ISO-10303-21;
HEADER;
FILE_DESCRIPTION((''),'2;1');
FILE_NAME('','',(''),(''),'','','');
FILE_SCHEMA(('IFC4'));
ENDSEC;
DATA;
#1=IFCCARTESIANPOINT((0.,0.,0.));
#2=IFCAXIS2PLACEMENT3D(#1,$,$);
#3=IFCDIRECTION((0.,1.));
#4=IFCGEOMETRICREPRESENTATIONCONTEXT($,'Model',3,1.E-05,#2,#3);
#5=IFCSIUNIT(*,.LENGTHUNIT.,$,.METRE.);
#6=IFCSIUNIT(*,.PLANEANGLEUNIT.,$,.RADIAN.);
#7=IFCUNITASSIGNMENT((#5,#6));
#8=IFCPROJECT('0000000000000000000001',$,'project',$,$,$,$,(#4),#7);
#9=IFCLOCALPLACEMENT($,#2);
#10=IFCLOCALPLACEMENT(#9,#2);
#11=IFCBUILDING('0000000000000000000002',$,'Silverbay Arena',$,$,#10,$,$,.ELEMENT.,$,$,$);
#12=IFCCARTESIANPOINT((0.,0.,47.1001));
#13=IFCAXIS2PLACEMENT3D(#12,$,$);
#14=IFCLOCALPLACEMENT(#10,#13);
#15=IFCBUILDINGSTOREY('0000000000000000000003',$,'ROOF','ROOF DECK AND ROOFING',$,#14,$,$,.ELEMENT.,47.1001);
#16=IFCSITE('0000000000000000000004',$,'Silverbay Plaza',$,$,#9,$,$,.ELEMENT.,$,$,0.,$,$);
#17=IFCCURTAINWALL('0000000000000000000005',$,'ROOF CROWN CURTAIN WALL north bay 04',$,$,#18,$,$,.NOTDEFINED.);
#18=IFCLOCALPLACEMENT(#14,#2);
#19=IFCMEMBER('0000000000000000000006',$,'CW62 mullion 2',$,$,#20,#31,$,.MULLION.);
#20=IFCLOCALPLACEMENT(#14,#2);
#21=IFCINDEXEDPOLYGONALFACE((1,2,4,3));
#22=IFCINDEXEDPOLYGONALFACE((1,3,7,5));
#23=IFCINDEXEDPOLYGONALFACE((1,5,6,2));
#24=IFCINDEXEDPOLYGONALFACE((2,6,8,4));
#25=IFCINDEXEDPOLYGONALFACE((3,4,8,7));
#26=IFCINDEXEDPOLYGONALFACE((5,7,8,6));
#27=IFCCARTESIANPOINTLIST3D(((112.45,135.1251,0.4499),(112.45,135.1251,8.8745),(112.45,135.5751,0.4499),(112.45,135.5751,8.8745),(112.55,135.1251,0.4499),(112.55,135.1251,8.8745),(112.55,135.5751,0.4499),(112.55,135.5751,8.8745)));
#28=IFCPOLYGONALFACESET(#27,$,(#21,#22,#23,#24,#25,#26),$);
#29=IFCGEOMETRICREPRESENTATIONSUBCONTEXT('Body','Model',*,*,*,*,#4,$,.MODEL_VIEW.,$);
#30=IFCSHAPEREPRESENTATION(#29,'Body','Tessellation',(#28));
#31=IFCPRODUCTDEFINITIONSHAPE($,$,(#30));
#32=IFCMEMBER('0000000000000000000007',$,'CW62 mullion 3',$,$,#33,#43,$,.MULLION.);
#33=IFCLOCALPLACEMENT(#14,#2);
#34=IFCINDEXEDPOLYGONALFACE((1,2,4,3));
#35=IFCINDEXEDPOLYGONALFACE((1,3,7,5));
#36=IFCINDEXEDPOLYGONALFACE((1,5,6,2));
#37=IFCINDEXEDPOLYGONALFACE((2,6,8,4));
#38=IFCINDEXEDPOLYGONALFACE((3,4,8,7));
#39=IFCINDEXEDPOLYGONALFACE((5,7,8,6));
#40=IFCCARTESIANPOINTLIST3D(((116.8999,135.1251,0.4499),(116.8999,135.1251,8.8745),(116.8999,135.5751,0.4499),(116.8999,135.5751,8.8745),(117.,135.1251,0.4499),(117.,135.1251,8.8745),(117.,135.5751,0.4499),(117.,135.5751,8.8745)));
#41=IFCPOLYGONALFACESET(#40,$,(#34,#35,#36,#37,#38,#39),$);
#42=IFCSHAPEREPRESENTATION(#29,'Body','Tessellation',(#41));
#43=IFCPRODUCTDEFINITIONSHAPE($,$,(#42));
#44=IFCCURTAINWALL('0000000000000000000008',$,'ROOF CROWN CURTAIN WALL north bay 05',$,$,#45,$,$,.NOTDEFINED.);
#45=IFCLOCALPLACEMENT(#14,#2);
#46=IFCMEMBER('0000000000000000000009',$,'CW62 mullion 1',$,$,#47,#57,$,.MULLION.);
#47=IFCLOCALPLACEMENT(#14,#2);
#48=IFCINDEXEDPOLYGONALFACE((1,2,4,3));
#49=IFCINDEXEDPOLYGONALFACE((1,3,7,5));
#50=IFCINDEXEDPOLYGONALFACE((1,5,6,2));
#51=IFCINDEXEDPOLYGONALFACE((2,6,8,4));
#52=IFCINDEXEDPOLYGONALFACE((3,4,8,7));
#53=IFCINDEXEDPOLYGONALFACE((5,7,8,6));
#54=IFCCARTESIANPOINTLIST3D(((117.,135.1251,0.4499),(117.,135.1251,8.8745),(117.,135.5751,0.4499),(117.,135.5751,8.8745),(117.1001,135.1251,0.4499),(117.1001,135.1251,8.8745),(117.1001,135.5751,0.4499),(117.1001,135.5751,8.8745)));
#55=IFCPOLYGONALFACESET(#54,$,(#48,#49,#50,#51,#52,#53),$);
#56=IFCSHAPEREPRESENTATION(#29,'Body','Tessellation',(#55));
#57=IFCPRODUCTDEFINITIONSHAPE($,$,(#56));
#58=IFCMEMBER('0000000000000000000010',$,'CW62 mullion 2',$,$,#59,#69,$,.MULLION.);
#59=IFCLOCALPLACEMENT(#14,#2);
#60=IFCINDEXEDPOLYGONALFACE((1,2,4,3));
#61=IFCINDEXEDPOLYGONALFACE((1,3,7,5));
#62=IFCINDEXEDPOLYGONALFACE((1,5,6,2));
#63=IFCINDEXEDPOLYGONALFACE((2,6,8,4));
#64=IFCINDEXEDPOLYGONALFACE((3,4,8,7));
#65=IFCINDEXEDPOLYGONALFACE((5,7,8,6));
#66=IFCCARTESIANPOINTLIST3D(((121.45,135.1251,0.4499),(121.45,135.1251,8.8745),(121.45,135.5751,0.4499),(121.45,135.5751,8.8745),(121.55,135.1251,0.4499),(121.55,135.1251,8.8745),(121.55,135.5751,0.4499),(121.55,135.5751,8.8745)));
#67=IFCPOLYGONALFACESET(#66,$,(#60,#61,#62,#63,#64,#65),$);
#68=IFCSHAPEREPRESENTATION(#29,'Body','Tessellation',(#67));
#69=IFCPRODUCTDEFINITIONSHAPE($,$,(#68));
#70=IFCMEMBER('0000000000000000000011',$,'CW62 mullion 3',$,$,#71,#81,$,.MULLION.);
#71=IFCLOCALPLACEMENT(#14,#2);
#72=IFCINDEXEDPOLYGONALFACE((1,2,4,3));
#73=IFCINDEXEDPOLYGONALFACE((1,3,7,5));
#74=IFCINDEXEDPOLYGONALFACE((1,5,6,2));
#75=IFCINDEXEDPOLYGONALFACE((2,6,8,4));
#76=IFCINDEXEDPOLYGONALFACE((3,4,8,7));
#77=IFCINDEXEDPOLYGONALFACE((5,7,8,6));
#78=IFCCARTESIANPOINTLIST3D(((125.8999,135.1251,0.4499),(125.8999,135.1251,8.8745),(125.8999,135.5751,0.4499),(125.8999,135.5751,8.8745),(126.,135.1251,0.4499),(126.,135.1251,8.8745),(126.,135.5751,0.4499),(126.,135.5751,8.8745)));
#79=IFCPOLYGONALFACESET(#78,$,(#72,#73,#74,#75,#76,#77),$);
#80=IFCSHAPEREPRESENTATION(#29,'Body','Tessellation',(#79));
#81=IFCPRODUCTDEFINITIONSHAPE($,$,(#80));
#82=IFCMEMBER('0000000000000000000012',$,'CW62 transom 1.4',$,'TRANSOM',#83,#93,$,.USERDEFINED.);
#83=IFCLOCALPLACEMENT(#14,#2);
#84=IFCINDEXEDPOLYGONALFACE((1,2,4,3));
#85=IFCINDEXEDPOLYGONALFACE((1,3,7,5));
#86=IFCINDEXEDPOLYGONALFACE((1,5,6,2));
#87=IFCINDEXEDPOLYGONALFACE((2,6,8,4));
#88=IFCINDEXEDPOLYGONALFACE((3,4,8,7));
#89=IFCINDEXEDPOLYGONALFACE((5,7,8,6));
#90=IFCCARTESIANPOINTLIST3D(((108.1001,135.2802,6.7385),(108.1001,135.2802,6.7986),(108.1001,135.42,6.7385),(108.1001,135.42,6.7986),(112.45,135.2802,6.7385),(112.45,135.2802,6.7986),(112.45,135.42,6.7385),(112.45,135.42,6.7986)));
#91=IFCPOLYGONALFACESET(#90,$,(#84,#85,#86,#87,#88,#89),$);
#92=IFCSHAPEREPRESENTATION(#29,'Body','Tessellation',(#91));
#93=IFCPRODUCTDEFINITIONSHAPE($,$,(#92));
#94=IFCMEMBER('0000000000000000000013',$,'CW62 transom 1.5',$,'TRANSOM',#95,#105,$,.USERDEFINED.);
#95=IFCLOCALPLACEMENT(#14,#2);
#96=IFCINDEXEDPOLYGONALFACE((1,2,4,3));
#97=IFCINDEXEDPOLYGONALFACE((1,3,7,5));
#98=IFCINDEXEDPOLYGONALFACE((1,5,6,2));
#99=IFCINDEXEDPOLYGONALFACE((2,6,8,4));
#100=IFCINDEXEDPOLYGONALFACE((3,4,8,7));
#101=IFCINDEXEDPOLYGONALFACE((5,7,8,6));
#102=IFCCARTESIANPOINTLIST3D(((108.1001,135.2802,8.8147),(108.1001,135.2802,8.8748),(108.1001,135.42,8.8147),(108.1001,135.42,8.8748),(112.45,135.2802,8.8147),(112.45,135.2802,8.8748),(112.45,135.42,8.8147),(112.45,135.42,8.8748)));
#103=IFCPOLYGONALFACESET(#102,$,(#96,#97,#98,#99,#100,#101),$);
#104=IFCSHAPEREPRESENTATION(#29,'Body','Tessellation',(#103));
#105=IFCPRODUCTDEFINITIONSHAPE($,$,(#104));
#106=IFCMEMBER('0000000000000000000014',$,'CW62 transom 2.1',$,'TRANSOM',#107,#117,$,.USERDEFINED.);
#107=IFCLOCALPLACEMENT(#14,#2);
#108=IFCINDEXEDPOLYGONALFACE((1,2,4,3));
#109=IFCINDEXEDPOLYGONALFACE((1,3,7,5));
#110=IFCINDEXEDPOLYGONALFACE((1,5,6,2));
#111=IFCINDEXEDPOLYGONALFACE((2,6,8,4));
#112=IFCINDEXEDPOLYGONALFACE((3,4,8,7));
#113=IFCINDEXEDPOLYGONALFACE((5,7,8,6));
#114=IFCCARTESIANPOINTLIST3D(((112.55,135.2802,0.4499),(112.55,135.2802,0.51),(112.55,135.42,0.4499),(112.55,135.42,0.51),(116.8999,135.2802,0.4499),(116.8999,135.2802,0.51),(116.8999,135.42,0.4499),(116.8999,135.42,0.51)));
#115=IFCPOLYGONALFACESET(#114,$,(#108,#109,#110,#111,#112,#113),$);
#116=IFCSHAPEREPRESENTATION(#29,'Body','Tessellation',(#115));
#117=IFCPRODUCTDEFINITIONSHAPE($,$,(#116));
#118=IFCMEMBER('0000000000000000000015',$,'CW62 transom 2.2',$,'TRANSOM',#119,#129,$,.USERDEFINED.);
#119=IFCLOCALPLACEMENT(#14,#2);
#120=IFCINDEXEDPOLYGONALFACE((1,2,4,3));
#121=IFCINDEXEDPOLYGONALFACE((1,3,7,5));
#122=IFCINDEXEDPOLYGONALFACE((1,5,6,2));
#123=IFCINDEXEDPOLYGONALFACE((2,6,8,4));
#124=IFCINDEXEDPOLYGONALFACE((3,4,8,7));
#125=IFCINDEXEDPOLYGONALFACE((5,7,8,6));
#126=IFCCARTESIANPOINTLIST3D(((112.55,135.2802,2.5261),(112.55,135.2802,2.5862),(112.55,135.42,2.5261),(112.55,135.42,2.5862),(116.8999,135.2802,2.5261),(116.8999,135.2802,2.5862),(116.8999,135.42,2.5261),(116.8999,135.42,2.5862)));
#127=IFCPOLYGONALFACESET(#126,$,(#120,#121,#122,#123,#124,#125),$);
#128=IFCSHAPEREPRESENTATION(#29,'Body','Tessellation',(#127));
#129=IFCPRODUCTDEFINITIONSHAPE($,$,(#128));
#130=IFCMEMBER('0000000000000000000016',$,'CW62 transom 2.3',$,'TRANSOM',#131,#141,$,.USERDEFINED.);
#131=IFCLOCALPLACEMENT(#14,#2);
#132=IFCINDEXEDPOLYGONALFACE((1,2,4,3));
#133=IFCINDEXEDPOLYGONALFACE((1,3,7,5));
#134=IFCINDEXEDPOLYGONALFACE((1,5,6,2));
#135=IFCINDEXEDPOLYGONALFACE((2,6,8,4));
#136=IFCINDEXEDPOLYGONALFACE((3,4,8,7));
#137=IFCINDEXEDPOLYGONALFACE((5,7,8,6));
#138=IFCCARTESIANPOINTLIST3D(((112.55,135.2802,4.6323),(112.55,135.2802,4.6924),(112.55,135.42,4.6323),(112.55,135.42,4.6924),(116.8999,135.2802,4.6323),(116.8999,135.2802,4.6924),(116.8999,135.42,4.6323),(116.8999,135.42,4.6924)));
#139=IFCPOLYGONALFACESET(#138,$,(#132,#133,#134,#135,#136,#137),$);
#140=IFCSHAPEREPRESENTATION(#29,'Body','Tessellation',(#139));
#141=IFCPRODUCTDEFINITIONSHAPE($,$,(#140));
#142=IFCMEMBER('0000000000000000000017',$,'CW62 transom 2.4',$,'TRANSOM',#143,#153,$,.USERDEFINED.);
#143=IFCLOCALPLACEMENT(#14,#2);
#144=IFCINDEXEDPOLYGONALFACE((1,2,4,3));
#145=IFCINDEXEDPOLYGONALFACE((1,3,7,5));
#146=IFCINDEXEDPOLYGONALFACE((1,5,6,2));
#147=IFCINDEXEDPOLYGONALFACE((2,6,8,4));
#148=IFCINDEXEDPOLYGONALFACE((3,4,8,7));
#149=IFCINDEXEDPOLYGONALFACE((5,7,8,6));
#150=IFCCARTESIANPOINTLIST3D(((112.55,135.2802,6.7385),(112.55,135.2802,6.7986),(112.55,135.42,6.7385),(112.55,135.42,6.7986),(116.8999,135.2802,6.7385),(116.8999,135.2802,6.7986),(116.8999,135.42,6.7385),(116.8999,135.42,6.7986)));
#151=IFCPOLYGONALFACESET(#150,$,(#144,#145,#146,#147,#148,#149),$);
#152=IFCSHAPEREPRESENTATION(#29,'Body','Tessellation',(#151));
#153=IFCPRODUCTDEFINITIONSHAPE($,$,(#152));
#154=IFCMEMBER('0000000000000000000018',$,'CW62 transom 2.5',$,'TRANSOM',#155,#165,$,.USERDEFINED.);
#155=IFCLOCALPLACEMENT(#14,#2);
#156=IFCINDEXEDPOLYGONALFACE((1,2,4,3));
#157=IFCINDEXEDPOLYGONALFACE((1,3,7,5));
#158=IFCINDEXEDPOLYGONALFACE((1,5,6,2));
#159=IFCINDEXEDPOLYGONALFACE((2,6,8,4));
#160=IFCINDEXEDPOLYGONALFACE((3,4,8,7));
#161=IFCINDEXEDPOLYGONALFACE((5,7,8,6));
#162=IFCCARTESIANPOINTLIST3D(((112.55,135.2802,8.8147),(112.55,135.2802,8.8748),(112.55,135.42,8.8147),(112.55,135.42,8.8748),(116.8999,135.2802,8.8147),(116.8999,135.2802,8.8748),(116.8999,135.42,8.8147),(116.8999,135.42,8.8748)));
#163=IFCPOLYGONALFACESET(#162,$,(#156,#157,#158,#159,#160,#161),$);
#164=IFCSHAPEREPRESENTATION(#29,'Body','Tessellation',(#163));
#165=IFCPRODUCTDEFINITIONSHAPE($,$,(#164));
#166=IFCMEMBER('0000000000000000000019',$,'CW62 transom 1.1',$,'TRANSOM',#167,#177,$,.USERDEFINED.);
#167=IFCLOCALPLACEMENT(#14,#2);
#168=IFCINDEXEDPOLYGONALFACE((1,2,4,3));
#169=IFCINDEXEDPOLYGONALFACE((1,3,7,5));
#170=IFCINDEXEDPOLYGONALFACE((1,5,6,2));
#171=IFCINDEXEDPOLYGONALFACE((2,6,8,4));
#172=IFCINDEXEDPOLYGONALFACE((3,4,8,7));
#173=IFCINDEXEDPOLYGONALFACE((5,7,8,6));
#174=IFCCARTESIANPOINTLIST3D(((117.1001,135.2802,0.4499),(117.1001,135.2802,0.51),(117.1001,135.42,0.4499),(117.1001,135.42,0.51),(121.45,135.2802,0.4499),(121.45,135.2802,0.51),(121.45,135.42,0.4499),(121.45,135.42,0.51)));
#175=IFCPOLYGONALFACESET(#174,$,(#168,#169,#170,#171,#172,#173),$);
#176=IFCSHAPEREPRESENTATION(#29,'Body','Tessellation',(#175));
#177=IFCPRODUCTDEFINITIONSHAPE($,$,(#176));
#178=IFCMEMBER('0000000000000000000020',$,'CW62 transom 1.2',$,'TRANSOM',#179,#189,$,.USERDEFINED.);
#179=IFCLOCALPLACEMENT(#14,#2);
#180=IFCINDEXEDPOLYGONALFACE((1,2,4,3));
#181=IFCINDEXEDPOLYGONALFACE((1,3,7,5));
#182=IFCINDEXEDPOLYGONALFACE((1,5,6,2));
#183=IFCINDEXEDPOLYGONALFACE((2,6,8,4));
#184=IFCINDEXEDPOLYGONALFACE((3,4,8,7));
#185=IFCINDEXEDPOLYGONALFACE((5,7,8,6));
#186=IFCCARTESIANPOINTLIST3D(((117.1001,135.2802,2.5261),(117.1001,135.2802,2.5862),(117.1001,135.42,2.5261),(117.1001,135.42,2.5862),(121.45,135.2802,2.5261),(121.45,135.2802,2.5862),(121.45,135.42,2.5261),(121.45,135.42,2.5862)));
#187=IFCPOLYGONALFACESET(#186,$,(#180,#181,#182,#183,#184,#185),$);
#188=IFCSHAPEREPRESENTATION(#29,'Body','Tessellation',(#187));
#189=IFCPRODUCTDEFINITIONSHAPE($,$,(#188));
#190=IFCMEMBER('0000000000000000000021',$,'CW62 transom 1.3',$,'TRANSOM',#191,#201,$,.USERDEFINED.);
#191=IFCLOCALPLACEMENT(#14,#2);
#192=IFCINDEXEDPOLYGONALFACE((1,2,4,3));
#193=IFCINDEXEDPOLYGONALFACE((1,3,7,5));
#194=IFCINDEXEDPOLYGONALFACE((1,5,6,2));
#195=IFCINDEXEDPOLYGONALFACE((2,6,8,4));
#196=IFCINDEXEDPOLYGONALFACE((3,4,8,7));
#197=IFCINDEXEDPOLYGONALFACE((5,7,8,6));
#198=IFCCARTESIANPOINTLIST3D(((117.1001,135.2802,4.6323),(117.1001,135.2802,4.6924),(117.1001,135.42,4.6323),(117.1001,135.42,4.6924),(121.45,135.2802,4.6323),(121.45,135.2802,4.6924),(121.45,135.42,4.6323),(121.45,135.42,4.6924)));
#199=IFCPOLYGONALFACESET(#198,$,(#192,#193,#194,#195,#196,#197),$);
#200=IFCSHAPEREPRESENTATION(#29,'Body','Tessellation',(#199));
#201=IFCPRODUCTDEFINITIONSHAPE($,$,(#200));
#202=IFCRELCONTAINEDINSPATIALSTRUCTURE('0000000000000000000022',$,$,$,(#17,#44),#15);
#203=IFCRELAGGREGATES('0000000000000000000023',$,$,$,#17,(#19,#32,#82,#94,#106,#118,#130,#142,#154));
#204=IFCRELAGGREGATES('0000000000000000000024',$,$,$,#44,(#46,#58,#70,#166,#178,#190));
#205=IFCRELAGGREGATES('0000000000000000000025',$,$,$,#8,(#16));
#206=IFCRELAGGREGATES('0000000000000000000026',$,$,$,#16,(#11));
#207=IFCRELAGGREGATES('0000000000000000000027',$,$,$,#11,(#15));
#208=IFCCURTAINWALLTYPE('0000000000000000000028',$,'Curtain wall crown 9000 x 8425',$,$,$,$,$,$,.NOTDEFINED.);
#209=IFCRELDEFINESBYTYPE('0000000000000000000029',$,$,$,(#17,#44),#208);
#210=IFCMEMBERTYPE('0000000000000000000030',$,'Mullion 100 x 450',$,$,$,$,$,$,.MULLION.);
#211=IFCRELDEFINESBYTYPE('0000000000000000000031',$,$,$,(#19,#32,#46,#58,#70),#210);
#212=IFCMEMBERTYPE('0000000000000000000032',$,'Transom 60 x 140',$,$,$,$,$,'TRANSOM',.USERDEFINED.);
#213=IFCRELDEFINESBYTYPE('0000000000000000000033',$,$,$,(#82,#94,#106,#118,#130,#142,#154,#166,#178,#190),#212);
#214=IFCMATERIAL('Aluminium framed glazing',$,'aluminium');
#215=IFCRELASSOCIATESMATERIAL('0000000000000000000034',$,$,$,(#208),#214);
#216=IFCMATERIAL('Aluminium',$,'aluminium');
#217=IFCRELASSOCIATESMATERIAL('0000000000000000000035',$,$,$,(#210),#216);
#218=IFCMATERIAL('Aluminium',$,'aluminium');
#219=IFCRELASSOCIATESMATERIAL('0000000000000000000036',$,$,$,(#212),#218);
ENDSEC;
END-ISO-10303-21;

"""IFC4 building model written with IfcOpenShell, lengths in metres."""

from ifc_helpers import new_model, si_unit, direction, frame, origin, origin_2d, place, context, subcontext, project, spatial, rectangle, extrude, material, material_profile, profile_set, type_object, element, aggregate, save


model = new_model("IFC4")

# Units and contexts
model_context = context("Model", 3, precision=1e-05, world=origin(), true_north=direction((0.0, 1.0)))
body_context = subcontext(model_context, "Body", "Model", "MODEL_VIEW")
ifc_project = project(units=[si_unit("LENGTHUNIT", "METRE"), si_unit("PLANEANGLEUNIT", "RADIAN")], contexts=[model_context])

# Site, building, storey
site_placement = place(None, origin())
site = spatial("IfcSite", under=ifc_project, at=site_placement, Name="Silverbay Plaza", CompositionType="ELEMENT", RefElevation=0.0)
building_placement = place(site_placement, origin())
building = spatial("IfcBuilding", under=site, at=building_placement, Name="Silverbay Arena", CompositionType="ELEMENT")
storey_placement = place(building_placement, frame((0.0, 0.0, 47.1001)))
storey = spatial("IfcBuildingStorey", under=building, at=storey_placement, Name="ROOF", Description="ROOF DECK AND ROOFING", CompositionType="ELEMENT", Elevation=47.1001)

# Curtain walls, members
ifc_material_1 = material(Name="Aluminium framed glazing", Category="aluminium")
curtain_wall_type = type_object("IfcCurtainWallType", Name="Curtain wall crown 9000 x 8425", PredefinedType="NOTDEFINED", material=ifc_material_1)
curtain_wall_1_placement = place(storey_placement, origin())
curtain_wall_1 = element("IfcCurtainWall", 1, at=curtain_wall_1_placement, inside=storey, type_object=curtain_wall_type, Name="ROOF CROWN CURTAIN WALL north bay 04", PredefinedType="NOTDEFINED")
ifc_material_2 = material(Name="Aluminium", Category="aluminium")
ifc_material_profile_1 = material_profile(ifc_material_2, rectangle(XDim=0.45, YDim=0.1001, at=origin_2d()), Name="Mullion 100 x 450")
ifc_profile_set_1 = profile_set([ifc_material_profile_1], Name="Aluminium")
member_type_1 = type_object("IfcMemberType", Name="Mullion 100 x 450", PredefinedType="MULLION", material=ifc_profile_set_1)
placement = place(building_placement, frame((0.0, 0.0, 33.5)))
member_1_placement = place(placement, frame((112.5, 135.3501, 14.05), z_axis=(0.0, 0.0, 1.0), x_axis=(0.0, 1.0, 0.0)))
member_1 = element("IfcMember", 2, at=member_1_placement, type_object=member_type_1, Name="CW62 mullion 2", PredefinedType="MULLION", context=body_context, shape_type="SweptSolid", body=[
    extrude(rectangle(XDim=0.45, YDim=0.1001, at=origin_2d()), origin(), (0.0, 0.0, 1.0), 8.4246),
])
member_2_placement = place(placement, frame((116.95, 135.3501, 14.05), z_axis=(0.0, 0.0, 1.0), x_axis=(0.0, 1.0, 0.0)))
member_2 = element("IfcMember", 3, at=member_2_placement, type_object=member_type_1, Name="CW62 mullion 3", PredefinedType="MULLION", context=body_context, shape_type="SweptSolid", body=[
    extrude(rectangle(XDim=0.45, YDim=0.1001, at=origin_2d()), origin(), (0.0, 0.0, 1.0), 8.4246),
])
curtain_wall_2_placement = place(storey_placement, origin())
curtain_wall_2 = element("IfcCurtainWall", 4, at=curtain_wall_2_placement, inside=storey, type_object=curtain_wall_type, Name="ROOF CROWN CURTAIN WALL north bay 05", PredefinedType="NOTDEFINED")
member_3_placement = place(placement, frame((117.05, 135.3501, 14.05), z_axis=(0.0, 0.0, 1.0), x_axis=(0.0, 1.0, 0.0)))
member_3 = element("IfcMember", 5, at=member_3_placement, type_object=member_type_1, Name="CW62 mullion 1", PredefinedType="MULLION", context=body_context, shape_type="SweptSolid", body=[
    extrude(rectangle(XDim=0.45, YDim=0.1001, at=origin_2d()), origin(), (0.0, 0.0, 1.0), 8.4246),
])
member_4_placement = place(placement, frame((121.5, 135.3501, 14.05), z_axis=(0.0, 0.0, 1.0), x_axis=(0.0, 1.0, 0.0)))
member_4 = element("IfcMember", 6, at=member_4_placement, type_object=member_type_1, Name="CW62 mullion 2", PredefinedType="MULLION", context=body_context, shape_type="SweptSolid", body=[
    extrude(rectangle(XDim=0.45, YDim=0.1001, at=origin_2d()), origin(), (0.0, 0.0, 1.0), 8.4246),
])
member_5_placement = place(placement, frame((125.95, 135.3501, 14.05), z_axis=(0.0, 0.0, 1.0), x_axis=(0.0, 1.0, 0.0)))
member_5 = element("IfcMember", 7, at=member_5_placement, type_object=member_type_1, Name="CW62 mullion 3", PredefinedType="MULLION", context=body_context, shape_type="SweptSolid", body=[
    extrude(rectangle(XDim=0.45, YDim=0.1001, at=origin_2d()), origin(), (0.0, 0.0, 1.0), 8.4246),
])

# Members
ifc_material_3 = material(Name="Aluminium", Category="aluminium")
ifc_material_profile_2 = material_profile(ifc_material_3, rectangle(XDim=0.1399, YDim=0.0601, at=origin_2d()), Name="Transom 60 x 140")
ifc_profile_set_2 = profile_set([ifc_material_profile_2], Name="Aluminium")
member_type_2 = type_object("IfcMemberType", Name="Transom 60 x 140", ElementType="TRANSOM", PredefinedType="USERDEFINED", material=ifc_profile_set_2)
member_6_placement = place(placement, frame((108.1001, 135.3501, 20.3687), z_axis=(1.0, 0.0, 0.0), x_axis=(0.0, 1.0, 0.0)))
member_6 = element("IfcMember", 8, at=member_6_placement, type_object=member_type_2, Name="CW62 transom 1.4", ObjectType="TRANSOM", PredefinedType="USERDEFINED", context=body_context, shape_type="SweptSolid", body=[
    extrude(rectangle(XDim=0.1399, YDim=0.0601, at=origin_2d()), origin(), (0.0, 0.0, 1.0), 4.3499),
])
member_7_placement = place(placement, frame((108.1001, 135.3501, 22.4448), z_axis=(1.0, 0.0, 0.0), x_axis=(0.0, 1.0, 0.0)))
member_7 = element("IfcMember", 9, at=member_7_placement, type_object=member_type_2, Name="CW62 transom 1.5", ObjectType="TRANSOM", PredefinedType="USERDEFINED", context=body_context, shape_type="SweptSolid", body=[
    extrude(rectangle(XDim=0.1399, YDim=0.0601, at=origin_2d()), origin(), (0.0, 0.0, 1.0), 4.3499),
])
member_8_placement = place(placement, frame((112.55, 135.3501, 14.0801), z_axis=(1.0, 0.0, 0.0), x_axis=(0.0, 1.0, 0.0)))
member_8 = element("IfcMember", 10, at=member_8_placement, type_object=member_type_2, Name="CW62 transom 2.1", ObjectType="TRANSOM", PredefinedType="USERDEFINED", context=body_context, shape_type="SweptSolid", body=[
    extrude(rectangle(XDim=0.1399, YDim=0.0601, at=origin_2d()), origin(), (0.0, 0.0, 1.0), 4.3499),
])
member_9_placement = place(placement, frame((112.55, 135.3501, 16.1562), z_axis=(1.0, 0.0, 0.0), x_axis=(0.0, 1.0, 0.0)))
member_9 = element("IfcMember", 11, at=member_9_placement, type_object=member_type_2, Name="CW62 transom 2.2", ObjectType="TRANSOM", PredefinedType="USERDEFINED", context=body_context, shape_type="SweptSolid", body=[
    extrude(rectangle(XDim=0.1399, YDim=0.0601, at=origin_2d()), origin(), (0.0, 0.0, 1.0), 4.3499),
])
member_10_placement = place(placement, frame((112.55, 135.3501, 18.2625), z_axis=(1.0, 0.0, 0.0), x_axis=(0.0, 1.0, 0.0)))
member_10 = element("IfcMember", 12, at=member_10_placement, type_object=member_type_2, Name="CW62 transom 2.3", ObjectType="TRANSOM", PredefinedType="USERDEFINED", context=body_context, shape_type="SweptSolid", body=[
    extrude(rectangle(XDim=0.1399, YDim=0.0601, at=origin_2d()), origin(), (0.0, 0.0, 1.0), 4.3499),
])
member_11_placement = place(placement, frame((112.55, 135.3501, 20.3687), z_axis=(1.0, 0.0, 0.0), x_axis=(0.0, 1.0, 0.0)))
member_11 = element("IfcMember", 13, at=member_11_placement, type_object=member_type_2, Name="CW62 transom 2.4", ObjectType="TRANSOM", PredefinedType="USERDEFINED", context=body_context, shape_type="SweptSolid", body=[
    extrude(rectangle(XDim=0.1399, YDim=0.0601, at=origin_2d()), origin(), (0.0, 0.0, 1.0), 4.3499),
])
member_12_placement = place(placement, frame((112.55, 135.3501, 22.4448), z_axis=(1.0, 0.0, 0.0), x_axis=(0.0, 1.0, 0.0)))
member_12 = element("IfcMember", 14, at=member_12_placement, type_object=member_type_2, Name="CW62 transom 2.5", ObjectType="TRANSOM", PredefinedType="USERDEFINED", context=body_context, shape_type="SweptSolid", body=[
    extrude(rectangle(XDim=0.1399, YDim=0.0601, at=origin_2d()), origin(), (0.0, 0.0, 1.0), 4.3499),
])
member_13_placement = place(placement, frame((117.1001, 135.3501, 14.0801), z_axis=(1.0, 0.0, 0.0), x_axis=(0.0, 1.0, 0.0)))
member_13 = element("IfcMember", 15, at=member_13_placement, type_object=member_type_2, Name="CW62 transom 1.1", ObjectType="TRANSOM", PredefinedType="USERDEFINED", context=body_context, shape_type="SweptSolid", body=[
    extrude(rectangle(XDim=0.1399, YDim=0.0601, at=origin_2d()), origin(), (0.0, 0.0, 1.0), 4.3499),
])
member_14_placement = place(placement, frame((117.1001, 135.3501, 16.1562), z_axis=(1.0, 0.0, 0.0), x_axis=(0.0, 1.0, 0.0)))
member_14 = element("IfcMember", 16, at=member_14_placement, type_object=member_type_2, Name="CW62 transom 1.2", ObjectType="TRANSOM", PredefinedType="USERDEFINED", context=body_context, shape_type="SweptSolid", body=[
    extrude(rectangle(XDim=0.1399, YDim=0.0601, at=origin_2d()), origin(), (0.0, 0.0, 1.0), 4.3499),
])
member_15_placement = place(placement, frame((117.1001, 135.3501, 18.2625), z_axis=(1.0, 0.0, 0.0), x_axis=(0.0, 1.0, 0.0)))
member_15 = element("IfcMember", 17, at=member_15_placement, type_object=member_type_2, Name="CW62 transom 1.3", ObjectType="TRANSOM", PredefinedType="USERDEFINED", context=body_context, shape_type="SweptSolid", body=[
    extrude(rectangle(XDim=0.1399, YDim=0.0601, at=origin_2d()), origin(), (0.0, 0.0, 1.0), 4.3499),
])

aggregate(curtain_wall_1, [member_1, member_2, member_6, member_7, member_8, member_9, member_10, member_11, member_12])
aggregate(curtain_wall_2, [member_3, member_4, member_5, member_13, member_14, member_15])

save(model, "model.ifc")
